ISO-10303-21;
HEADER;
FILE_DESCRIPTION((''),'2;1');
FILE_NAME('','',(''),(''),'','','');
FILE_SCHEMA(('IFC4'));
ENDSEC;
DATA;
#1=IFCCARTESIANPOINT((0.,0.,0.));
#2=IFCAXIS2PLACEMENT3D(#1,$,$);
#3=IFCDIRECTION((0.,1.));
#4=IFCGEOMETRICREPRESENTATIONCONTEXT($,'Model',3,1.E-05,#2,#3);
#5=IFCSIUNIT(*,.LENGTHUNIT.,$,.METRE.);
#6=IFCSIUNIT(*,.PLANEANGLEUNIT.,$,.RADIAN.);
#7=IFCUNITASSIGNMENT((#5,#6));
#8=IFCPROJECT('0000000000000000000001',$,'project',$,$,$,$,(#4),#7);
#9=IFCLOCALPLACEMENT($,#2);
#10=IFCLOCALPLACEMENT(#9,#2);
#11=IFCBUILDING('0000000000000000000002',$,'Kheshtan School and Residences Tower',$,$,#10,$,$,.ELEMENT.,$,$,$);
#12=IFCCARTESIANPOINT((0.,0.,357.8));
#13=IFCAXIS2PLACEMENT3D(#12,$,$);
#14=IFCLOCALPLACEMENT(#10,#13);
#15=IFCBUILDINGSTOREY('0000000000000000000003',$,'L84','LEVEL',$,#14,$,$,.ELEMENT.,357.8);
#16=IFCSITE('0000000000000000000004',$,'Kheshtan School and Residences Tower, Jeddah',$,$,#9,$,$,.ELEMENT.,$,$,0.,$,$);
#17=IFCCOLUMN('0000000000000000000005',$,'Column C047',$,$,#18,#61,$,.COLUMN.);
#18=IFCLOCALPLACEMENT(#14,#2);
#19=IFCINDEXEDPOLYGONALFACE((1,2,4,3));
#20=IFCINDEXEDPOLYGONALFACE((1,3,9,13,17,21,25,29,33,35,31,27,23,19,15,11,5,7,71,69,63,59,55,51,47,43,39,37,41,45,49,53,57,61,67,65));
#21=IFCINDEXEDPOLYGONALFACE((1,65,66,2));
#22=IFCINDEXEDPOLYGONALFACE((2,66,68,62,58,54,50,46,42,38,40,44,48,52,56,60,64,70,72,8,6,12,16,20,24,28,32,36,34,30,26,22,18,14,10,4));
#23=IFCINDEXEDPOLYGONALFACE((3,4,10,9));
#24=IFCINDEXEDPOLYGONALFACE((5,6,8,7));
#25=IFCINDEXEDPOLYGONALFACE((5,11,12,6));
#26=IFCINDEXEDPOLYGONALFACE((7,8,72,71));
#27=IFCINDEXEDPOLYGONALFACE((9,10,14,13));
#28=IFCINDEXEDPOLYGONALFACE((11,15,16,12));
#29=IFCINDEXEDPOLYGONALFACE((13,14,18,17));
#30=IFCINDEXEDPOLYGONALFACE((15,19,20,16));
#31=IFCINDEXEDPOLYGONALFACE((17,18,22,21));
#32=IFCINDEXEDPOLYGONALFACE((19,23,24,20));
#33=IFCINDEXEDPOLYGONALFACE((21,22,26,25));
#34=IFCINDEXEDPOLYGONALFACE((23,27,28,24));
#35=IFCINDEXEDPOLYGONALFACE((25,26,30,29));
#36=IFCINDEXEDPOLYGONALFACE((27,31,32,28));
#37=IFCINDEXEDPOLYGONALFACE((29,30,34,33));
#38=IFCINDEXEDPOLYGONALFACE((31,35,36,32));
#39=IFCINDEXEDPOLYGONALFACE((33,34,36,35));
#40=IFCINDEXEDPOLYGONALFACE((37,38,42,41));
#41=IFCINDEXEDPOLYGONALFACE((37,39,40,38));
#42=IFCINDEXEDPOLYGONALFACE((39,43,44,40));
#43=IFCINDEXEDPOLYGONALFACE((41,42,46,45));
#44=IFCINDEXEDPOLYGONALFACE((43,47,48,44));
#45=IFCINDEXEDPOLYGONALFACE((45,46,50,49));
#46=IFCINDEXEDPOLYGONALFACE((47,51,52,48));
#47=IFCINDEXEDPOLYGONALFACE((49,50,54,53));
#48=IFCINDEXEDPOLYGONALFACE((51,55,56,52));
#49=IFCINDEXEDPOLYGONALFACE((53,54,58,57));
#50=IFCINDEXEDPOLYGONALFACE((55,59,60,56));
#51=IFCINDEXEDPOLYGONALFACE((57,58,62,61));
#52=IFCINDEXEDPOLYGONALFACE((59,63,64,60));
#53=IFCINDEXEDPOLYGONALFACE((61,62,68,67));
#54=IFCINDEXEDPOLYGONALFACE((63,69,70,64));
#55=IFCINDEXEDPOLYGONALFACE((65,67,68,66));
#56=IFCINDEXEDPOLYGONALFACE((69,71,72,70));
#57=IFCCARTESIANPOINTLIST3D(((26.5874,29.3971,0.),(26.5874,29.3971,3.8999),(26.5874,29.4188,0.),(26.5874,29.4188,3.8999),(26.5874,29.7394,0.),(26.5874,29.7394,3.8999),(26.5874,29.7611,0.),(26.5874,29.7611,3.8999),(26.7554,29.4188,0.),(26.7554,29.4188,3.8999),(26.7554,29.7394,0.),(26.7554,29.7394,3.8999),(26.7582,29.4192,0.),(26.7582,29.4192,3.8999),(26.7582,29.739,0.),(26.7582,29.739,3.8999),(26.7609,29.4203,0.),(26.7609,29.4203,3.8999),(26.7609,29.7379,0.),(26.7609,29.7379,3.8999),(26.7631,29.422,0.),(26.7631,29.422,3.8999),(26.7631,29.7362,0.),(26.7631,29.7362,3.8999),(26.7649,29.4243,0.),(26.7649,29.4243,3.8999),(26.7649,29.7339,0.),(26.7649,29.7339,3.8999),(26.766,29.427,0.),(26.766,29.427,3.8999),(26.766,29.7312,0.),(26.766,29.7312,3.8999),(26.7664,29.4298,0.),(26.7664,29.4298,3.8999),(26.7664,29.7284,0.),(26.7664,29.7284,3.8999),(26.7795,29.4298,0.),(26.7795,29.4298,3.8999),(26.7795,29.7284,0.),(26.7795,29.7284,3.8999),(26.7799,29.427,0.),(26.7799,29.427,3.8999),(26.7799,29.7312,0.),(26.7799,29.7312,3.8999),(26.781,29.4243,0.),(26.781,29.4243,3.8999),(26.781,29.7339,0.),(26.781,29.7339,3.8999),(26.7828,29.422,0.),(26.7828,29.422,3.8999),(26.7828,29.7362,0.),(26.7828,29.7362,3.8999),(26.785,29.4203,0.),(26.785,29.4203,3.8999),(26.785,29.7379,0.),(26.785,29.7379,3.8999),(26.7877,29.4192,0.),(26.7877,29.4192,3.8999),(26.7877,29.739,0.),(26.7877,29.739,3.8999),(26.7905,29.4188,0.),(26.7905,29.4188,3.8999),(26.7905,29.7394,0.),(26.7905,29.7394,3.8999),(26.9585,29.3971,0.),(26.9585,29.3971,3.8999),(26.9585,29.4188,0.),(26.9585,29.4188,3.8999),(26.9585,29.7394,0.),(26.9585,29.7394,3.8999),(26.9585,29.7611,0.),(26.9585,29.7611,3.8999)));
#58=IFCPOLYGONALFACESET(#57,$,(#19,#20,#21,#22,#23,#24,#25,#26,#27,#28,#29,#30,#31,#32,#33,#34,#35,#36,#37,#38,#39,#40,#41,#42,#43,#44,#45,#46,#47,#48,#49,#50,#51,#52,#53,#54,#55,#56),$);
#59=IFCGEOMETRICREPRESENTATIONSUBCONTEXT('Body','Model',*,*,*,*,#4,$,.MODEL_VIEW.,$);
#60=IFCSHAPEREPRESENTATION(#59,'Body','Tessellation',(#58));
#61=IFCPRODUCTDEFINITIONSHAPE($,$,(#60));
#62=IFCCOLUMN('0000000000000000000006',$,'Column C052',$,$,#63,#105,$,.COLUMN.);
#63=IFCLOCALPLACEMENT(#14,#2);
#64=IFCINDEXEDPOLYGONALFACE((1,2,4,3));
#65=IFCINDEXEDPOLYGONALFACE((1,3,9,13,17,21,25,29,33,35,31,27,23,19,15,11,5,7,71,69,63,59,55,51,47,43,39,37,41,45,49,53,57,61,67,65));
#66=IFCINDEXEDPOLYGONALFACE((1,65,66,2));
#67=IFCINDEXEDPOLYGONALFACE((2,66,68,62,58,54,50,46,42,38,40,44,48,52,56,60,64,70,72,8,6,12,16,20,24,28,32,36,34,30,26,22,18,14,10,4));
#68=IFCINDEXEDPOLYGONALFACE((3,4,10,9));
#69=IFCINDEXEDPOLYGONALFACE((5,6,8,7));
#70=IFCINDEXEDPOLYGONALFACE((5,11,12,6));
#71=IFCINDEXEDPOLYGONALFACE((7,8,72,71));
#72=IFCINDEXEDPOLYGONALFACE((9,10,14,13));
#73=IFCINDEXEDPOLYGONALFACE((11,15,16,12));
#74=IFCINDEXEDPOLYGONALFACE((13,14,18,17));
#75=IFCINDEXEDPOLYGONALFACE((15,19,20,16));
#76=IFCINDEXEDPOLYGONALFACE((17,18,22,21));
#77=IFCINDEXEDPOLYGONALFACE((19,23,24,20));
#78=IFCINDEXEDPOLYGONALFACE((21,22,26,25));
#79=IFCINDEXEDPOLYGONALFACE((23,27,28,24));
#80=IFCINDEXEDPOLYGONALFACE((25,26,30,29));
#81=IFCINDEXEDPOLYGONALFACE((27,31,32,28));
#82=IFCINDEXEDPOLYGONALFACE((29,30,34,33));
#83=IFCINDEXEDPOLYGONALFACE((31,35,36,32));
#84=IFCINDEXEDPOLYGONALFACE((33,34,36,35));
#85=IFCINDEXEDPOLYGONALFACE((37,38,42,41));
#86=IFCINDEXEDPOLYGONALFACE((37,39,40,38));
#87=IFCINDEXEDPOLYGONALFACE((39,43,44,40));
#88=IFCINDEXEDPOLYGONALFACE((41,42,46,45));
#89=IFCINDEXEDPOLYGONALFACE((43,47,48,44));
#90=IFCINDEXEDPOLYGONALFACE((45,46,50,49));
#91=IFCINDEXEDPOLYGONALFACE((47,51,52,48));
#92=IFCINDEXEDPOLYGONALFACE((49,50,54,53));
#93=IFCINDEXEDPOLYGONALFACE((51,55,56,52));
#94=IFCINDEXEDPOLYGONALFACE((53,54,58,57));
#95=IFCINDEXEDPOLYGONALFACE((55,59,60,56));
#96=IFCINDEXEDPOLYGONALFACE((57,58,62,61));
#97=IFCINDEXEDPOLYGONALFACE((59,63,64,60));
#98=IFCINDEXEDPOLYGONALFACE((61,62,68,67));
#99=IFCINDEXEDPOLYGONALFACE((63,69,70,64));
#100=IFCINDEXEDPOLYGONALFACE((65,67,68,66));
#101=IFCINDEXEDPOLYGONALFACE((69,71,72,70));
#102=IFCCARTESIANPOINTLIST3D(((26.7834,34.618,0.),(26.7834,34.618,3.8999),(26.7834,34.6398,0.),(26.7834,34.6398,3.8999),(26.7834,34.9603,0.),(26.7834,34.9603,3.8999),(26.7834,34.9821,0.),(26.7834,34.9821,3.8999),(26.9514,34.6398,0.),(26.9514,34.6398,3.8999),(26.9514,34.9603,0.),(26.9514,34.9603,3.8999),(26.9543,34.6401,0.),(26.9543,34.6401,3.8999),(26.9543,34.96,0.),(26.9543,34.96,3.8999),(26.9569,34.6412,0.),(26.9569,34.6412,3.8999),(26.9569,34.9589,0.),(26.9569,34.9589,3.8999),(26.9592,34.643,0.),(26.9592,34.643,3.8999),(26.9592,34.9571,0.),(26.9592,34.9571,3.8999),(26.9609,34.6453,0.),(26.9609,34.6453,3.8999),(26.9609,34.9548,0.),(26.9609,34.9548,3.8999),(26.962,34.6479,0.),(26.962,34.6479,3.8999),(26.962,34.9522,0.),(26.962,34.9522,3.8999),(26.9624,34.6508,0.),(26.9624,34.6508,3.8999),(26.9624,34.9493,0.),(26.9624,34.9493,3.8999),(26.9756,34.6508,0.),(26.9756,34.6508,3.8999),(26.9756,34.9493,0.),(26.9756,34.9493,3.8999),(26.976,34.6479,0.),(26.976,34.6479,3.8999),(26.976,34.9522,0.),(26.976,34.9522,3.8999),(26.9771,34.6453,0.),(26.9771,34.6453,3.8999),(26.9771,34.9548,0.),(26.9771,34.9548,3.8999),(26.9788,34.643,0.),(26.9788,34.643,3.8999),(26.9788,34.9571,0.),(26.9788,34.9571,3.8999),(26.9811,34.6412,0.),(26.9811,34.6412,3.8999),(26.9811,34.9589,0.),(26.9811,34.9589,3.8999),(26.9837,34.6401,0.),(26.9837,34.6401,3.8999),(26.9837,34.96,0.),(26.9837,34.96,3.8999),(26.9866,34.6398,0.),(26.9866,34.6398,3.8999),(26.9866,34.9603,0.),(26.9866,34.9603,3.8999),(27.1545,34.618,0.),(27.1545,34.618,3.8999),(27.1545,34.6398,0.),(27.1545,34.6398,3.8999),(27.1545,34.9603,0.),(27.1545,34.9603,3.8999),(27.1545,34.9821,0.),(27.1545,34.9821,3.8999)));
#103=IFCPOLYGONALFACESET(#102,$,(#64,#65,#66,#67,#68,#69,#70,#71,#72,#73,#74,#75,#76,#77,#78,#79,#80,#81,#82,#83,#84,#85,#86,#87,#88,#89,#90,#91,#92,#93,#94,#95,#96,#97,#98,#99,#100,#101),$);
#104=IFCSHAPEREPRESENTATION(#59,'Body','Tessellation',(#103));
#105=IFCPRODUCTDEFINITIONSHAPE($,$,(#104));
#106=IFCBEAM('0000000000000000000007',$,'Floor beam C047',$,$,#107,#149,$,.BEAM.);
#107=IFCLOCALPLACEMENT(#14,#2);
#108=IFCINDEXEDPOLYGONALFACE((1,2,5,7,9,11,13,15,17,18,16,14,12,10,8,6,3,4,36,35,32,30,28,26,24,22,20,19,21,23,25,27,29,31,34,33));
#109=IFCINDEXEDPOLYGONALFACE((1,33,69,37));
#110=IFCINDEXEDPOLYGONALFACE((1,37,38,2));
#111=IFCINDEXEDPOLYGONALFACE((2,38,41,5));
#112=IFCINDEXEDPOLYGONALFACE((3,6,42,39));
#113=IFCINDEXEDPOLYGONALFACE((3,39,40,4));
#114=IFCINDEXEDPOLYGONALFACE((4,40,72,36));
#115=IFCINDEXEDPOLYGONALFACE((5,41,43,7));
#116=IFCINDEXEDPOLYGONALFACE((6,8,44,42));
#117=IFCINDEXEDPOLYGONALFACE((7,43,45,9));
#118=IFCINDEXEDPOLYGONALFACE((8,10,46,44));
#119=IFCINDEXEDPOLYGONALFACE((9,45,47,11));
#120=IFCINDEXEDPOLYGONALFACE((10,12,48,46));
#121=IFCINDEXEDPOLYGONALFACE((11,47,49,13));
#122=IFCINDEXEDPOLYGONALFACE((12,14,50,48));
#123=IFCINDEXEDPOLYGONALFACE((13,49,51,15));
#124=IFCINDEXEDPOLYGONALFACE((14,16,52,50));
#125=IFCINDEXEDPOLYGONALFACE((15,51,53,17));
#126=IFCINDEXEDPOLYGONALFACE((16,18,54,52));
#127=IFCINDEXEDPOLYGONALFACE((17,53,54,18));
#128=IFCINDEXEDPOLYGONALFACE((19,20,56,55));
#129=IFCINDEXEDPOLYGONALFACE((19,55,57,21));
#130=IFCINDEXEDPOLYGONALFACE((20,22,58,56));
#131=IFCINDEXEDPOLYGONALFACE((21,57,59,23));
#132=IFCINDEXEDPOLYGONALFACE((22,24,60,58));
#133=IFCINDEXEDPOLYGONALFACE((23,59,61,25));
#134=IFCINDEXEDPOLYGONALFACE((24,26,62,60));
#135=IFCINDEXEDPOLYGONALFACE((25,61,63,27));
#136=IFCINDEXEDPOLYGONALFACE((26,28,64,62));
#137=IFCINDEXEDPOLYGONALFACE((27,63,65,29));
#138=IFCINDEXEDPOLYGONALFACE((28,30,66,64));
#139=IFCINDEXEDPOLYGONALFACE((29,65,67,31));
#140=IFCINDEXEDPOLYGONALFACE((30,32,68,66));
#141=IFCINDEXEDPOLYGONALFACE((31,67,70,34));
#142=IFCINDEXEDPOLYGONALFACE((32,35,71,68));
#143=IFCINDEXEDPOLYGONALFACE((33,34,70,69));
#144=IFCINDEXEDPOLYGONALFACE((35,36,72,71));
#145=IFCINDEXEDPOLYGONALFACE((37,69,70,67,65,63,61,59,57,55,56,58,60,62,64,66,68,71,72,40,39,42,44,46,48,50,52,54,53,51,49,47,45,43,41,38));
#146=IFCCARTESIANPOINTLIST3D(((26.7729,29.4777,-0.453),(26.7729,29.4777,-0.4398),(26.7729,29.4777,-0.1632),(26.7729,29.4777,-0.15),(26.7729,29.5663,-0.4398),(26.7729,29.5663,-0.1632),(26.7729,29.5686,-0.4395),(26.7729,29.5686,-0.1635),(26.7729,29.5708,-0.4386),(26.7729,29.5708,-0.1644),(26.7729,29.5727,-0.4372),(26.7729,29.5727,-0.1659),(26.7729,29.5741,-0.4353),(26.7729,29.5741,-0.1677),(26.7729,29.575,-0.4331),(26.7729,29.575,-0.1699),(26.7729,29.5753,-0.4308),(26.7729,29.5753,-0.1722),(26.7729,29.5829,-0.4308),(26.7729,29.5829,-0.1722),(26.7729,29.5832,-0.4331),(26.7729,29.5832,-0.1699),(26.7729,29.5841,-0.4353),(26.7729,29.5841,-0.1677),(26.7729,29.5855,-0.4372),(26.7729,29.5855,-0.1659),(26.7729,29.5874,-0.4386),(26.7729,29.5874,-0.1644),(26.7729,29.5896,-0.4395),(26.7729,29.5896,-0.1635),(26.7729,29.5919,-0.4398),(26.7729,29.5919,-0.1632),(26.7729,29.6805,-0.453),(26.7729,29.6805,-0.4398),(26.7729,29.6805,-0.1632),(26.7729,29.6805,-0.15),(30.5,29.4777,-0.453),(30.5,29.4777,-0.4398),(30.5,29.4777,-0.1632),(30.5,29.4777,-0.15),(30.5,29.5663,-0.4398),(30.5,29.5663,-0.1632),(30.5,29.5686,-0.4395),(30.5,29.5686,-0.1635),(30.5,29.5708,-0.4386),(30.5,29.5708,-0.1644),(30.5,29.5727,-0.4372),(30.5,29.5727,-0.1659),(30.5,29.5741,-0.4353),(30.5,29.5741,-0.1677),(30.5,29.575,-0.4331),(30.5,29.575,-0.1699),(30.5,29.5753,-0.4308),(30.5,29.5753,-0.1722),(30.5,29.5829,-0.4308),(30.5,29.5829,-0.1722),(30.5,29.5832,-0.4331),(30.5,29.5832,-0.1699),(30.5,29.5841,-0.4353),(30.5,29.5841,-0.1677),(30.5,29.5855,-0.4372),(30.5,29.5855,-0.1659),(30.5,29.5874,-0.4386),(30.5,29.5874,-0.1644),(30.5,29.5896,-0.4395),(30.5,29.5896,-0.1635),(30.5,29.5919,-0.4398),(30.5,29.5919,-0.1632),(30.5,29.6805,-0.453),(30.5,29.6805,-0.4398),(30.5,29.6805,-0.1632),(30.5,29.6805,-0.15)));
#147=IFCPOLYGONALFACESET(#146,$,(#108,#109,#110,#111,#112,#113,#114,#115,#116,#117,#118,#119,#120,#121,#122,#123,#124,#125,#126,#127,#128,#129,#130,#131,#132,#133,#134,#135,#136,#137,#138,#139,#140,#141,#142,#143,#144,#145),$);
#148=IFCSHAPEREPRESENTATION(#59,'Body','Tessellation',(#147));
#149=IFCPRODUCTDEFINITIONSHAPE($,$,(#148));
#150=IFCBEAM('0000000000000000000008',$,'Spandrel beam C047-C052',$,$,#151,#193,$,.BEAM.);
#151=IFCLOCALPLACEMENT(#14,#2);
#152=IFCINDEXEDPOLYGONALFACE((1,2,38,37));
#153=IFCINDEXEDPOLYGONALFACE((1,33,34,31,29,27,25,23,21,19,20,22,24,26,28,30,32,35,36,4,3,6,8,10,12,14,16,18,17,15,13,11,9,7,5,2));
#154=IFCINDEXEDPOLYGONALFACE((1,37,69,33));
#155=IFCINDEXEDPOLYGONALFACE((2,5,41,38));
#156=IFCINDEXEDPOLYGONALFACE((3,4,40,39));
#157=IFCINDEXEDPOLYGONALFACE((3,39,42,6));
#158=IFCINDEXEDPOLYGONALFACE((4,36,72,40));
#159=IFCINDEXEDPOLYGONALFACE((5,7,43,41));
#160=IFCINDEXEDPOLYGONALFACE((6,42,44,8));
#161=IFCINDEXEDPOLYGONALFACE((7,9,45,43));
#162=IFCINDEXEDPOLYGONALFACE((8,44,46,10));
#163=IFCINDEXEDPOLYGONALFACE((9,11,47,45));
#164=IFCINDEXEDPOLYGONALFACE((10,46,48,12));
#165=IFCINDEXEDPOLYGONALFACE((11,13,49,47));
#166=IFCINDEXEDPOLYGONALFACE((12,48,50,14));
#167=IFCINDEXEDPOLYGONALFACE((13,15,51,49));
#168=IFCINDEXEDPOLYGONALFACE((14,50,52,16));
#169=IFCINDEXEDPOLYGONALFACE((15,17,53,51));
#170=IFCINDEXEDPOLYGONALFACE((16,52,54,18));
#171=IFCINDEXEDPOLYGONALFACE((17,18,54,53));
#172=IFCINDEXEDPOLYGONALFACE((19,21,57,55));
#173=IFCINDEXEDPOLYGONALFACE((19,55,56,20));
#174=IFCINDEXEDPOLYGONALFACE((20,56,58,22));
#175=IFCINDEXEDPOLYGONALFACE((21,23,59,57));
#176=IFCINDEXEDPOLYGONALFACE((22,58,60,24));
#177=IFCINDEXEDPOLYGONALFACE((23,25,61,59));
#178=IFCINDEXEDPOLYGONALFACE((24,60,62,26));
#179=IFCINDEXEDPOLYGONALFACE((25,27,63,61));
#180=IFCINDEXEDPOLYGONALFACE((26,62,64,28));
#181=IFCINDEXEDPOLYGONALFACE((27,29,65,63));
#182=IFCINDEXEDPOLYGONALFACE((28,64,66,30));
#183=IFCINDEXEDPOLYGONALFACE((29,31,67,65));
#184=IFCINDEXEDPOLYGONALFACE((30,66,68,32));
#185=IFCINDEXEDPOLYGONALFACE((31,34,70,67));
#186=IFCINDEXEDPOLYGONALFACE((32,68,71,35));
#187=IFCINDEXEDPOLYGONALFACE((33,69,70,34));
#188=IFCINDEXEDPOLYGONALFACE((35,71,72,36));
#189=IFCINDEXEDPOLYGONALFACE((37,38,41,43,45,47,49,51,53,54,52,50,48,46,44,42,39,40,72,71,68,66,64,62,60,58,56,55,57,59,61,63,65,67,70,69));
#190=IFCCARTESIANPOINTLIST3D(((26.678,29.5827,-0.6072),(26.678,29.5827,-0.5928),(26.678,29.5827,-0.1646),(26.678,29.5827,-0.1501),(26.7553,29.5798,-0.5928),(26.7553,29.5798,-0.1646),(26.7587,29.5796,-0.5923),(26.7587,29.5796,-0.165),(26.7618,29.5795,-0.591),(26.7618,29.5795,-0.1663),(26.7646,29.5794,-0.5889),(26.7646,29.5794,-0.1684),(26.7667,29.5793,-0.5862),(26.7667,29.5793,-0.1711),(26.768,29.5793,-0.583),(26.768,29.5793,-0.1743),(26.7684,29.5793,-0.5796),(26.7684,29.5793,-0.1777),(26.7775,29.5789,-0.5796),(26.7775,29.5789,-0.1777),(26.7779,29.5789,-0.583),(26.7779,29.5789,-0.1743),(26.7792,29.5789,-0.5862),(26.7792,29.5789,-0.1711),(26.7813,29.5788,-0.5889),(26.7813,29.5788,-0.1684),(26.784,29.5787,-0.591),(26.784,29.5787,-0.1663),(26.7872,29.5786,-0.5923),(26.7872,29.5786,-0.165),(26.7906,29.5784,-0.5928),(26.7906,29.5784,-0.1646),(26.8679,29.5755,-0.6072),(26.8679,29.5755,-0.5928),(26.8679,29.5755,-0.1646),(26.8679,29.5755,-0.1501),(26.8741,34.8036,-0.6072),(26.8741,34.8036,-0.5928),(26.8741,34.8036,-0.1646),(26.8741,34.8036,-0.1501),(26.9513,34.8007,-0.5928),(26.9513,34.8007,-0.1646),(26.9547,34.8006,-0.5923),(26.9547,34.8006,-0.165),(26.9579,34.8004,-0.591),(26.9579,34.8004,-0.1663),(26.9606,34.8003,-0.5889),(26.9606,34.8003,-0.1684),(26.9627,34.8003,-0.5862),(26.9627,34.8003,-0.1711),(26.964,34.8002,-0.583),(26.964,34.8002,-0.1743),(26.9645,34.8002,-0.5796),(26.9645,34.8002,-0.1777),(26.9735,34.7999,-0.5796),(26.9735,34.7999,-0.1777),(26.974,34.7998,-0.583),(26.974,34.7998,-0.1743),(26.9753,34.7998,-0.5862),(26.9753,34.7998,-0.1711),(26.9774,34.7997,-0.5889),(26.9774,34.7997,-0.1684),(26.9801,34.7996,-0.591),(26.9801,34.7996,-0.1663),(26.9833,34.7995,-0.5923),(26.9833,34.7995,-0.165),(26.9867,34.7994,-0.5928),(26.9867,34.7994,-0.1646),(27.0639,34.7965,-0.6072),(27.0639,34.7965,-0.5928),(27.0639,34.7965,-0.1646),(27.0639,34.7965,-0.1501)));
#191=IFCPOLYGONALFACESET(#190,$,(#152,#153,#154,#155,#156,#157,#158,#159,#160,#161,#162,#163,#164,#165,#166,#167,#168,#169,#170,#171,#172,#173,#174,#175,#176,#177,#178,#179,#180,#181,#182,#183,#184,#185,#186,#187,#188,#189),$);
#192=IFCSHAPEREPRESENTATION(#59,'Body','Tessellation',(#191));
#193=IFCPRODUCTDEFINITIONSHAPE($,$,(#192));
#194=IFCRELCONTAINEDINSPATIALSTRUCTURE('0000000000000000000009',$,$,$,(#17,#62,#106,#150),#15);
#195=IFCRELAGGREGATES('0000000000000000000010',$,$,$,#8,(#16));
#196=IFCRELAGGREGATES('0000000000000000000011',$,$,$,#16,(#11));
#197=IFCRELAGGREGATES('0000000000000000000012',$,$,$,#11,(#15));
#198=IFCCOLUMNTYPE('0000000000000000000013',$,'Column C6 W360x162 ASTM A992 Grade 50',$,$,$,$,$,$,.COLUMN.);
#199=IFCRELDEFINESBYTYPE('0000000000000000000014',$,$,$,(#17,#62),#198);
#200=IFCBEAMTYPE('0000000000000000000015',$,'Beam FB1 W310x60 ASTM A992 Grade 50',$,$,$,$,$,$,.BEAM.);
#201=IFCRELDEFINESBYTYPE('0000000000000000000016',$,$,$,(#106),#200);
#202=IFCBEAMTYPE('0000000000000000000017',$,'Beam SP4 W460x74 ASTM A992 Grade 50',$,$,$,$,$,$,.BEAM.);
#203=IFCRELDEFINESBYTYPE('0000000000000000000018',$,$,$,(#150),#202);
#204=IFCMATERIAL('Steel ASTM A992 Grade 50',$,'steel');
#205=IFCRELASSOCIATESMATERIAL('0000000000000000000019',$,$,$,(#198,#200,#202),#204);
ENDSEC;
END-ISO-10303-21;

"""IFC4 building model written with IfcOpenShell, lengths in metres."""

from ifc_helpers import new_model, si_unit, direction, frame, origin, origin_2d, place, context, subcontext, project, spatial, i_section, extrude, material, material_profile, profile_set, type_object, element, save


model = new_model("IFC4")

# Units and contexts
model_context = context("Model", 3, precision=1e-05, world=origin(), true_north=direction((0.0, 1.0)))
body_context = subcontext(model_context, "Body", "Model", "MODEL_VIEW")
ifc_project = project(units=[si_unit("LENGTHUNIT", "METRE"), si_unit("PLANEANGLEUNIT", "RADIAN")], contexts=[model_context])

# Site, building, storey
site_placement = place(None, origin())
site = spatial("IfcSite", under=ifc_project, at=site_placement, Name="Kheshtan School and Residences Tower, Jeddah", CompositionType="ELEMENT", RefElevation=0.0)
building_placement = place(site_placement, origin())
building = spatial("IfcBuilding", under=site, at=building_placement, Name="Kheshtan School and Residences Tower", CompositionType="ELEMENT")
storey_placement = place(building_placement, frame((0.0, 0.0, 357.8)))
storey = spatial("IfcBuildingStorey", under=building, at=storey_placement, Name="L84", Description="LEVEL", CompositionType="ELEMENT", Elevation=357.8)

# Columns
ifc_material_1 = material(Name="Steel ASTM A992 Grade 50", Category="steel")
ifc_material_profile_1 = material_profile(ifc_material_1, i_section(OverallWidth=0.3711, OverallDepth=0.364, WebThickness=0.0132, FlangeThickness=0.0217, FilletRadius=0.011, at=origin_2d()), Name="W360x162")
ifc_profile_set_1 = profile_set([ifc_material_profile_1], Name="Steel ASTM A992 Grade 50")
column_type = type_object("IfcColumnType", Name="Column C6 W360x162 ASTM A992 Grade 50", PredefinedType="COLUMN", material=ifc_profile_set_1)
for number, where, z_axis, x_axis, name in (
    (1, (26.7729, 29.5791, 0.0), (0.0, 0.0, 1.0), (1.0, 0.0, 0.0), "Column C047"),
    (2, (26.969, 34.8, 0.0), (0.0, 0.0, 1.0), (1.0, 0.0, 0.0), "Column C052"),
):
    element("IfcColumn", number, at=place(storey_placement, frame(where, z_axis=z_axis, x_axis=x_axis)), inside=storey, type_object=column_type, Name=name, PredefinedType="COLUMN", context=body_context, shape_type="SweptSolid", body=[
        extrude(i_section(OverallWidth=0.3711, OverallDepth=0.364, WebThickness=0.0132, FlangeThickness=0.0217, FilletRadius=0.011, at=origin_2d()), origin(), (0.0, 0.0, 1.0), 3.8999),
    ])

# Beams
ifc_material_profile_2 = material_profile(ifc_material_1, i_section(OverallWidth=0.2029, OverallDepth=0.303, WebThickness=0.0076, FlangeThickness=0.0132, FilletRadius=0.009, at=origin_2d()), Name="W310x60")
ifc_profile_set_2 = profile_set([ifc_material_profile_2], Name="Steel ASTM A992 Grade 50")
beam_type_1 = type_object("IfcBeamType", Name="Beam FB1 W310x60 ASTM A992 Grade 50", PredefinedType="BEAM", material=ifc_profile_set_2)
beam_1_placement = place(storey_placement, frame((26.7729, 29.5791, -0.3015), z_axis=(1.0, 0.0, 0.0), x_axis=(0.0, 1.0, 0.0)))
element("IfcBeam", 3, at=beam_1_placement, inside=storey, type_object=beam_type_1, Name="Floor beam C047", PredefinedType="BEAM", context=body_context, shape_type="SweptSolid", body=[
    extrude(i_section(OverallWidth=0.2029, OverallDepth=0.303, WebThickness=0.0076, FlangeThickness=0.0132, FilletRadius=0.009, at=origin_2d()), origin(), (0.0, 0.0, 1.0), 3.7271),
])
ifc_material_profile_3 = material_profile(ifc_material_1, i_section(OverallWidth=0.1899, OverallDepth=0.457, WebThickness=0.009, FlangeThickness=0.0144, FilletRadius=0.0132, at=origin_2d()), Name="W460x74")
ifc_profile_set_3 = profile_set([ifc_material_profile_3], Name="Steel ASTM A992 Grade 50")
beam_type_2 = type_object("IfcBeamType", Name="Beam SP4 W460x74 ASTM A992 Grade 50", PredefinedType="BEAM", material=ifc_profile_set_3)
beam_2_placement = place(storey_placement, frame((26.7729, 29.5791, -0.3787), z_axis=(0.037523, 0.999296, 0.0), x_axis=(-0.999296, 0.037523, 0.0)))
element("IfcBeam", 4, at=beam_2_placement, inside=storey, type_object=beam_type_2, Name="Spandrel beam C047-C052", PredefinedType="BEAM", context=body_context, shape_type="SweptSolid", body=[
    extrude(i_section(OverallWidth=0.1899, OverallDepth=0.457, WebThickness=0.009, FlangeThickness=0.0144, FilletRadius=0.0132, at=origin_2d()), origin(), (0.0, 0.0, 1.0), 5.2246),
])

save(model, "model.ifc")
